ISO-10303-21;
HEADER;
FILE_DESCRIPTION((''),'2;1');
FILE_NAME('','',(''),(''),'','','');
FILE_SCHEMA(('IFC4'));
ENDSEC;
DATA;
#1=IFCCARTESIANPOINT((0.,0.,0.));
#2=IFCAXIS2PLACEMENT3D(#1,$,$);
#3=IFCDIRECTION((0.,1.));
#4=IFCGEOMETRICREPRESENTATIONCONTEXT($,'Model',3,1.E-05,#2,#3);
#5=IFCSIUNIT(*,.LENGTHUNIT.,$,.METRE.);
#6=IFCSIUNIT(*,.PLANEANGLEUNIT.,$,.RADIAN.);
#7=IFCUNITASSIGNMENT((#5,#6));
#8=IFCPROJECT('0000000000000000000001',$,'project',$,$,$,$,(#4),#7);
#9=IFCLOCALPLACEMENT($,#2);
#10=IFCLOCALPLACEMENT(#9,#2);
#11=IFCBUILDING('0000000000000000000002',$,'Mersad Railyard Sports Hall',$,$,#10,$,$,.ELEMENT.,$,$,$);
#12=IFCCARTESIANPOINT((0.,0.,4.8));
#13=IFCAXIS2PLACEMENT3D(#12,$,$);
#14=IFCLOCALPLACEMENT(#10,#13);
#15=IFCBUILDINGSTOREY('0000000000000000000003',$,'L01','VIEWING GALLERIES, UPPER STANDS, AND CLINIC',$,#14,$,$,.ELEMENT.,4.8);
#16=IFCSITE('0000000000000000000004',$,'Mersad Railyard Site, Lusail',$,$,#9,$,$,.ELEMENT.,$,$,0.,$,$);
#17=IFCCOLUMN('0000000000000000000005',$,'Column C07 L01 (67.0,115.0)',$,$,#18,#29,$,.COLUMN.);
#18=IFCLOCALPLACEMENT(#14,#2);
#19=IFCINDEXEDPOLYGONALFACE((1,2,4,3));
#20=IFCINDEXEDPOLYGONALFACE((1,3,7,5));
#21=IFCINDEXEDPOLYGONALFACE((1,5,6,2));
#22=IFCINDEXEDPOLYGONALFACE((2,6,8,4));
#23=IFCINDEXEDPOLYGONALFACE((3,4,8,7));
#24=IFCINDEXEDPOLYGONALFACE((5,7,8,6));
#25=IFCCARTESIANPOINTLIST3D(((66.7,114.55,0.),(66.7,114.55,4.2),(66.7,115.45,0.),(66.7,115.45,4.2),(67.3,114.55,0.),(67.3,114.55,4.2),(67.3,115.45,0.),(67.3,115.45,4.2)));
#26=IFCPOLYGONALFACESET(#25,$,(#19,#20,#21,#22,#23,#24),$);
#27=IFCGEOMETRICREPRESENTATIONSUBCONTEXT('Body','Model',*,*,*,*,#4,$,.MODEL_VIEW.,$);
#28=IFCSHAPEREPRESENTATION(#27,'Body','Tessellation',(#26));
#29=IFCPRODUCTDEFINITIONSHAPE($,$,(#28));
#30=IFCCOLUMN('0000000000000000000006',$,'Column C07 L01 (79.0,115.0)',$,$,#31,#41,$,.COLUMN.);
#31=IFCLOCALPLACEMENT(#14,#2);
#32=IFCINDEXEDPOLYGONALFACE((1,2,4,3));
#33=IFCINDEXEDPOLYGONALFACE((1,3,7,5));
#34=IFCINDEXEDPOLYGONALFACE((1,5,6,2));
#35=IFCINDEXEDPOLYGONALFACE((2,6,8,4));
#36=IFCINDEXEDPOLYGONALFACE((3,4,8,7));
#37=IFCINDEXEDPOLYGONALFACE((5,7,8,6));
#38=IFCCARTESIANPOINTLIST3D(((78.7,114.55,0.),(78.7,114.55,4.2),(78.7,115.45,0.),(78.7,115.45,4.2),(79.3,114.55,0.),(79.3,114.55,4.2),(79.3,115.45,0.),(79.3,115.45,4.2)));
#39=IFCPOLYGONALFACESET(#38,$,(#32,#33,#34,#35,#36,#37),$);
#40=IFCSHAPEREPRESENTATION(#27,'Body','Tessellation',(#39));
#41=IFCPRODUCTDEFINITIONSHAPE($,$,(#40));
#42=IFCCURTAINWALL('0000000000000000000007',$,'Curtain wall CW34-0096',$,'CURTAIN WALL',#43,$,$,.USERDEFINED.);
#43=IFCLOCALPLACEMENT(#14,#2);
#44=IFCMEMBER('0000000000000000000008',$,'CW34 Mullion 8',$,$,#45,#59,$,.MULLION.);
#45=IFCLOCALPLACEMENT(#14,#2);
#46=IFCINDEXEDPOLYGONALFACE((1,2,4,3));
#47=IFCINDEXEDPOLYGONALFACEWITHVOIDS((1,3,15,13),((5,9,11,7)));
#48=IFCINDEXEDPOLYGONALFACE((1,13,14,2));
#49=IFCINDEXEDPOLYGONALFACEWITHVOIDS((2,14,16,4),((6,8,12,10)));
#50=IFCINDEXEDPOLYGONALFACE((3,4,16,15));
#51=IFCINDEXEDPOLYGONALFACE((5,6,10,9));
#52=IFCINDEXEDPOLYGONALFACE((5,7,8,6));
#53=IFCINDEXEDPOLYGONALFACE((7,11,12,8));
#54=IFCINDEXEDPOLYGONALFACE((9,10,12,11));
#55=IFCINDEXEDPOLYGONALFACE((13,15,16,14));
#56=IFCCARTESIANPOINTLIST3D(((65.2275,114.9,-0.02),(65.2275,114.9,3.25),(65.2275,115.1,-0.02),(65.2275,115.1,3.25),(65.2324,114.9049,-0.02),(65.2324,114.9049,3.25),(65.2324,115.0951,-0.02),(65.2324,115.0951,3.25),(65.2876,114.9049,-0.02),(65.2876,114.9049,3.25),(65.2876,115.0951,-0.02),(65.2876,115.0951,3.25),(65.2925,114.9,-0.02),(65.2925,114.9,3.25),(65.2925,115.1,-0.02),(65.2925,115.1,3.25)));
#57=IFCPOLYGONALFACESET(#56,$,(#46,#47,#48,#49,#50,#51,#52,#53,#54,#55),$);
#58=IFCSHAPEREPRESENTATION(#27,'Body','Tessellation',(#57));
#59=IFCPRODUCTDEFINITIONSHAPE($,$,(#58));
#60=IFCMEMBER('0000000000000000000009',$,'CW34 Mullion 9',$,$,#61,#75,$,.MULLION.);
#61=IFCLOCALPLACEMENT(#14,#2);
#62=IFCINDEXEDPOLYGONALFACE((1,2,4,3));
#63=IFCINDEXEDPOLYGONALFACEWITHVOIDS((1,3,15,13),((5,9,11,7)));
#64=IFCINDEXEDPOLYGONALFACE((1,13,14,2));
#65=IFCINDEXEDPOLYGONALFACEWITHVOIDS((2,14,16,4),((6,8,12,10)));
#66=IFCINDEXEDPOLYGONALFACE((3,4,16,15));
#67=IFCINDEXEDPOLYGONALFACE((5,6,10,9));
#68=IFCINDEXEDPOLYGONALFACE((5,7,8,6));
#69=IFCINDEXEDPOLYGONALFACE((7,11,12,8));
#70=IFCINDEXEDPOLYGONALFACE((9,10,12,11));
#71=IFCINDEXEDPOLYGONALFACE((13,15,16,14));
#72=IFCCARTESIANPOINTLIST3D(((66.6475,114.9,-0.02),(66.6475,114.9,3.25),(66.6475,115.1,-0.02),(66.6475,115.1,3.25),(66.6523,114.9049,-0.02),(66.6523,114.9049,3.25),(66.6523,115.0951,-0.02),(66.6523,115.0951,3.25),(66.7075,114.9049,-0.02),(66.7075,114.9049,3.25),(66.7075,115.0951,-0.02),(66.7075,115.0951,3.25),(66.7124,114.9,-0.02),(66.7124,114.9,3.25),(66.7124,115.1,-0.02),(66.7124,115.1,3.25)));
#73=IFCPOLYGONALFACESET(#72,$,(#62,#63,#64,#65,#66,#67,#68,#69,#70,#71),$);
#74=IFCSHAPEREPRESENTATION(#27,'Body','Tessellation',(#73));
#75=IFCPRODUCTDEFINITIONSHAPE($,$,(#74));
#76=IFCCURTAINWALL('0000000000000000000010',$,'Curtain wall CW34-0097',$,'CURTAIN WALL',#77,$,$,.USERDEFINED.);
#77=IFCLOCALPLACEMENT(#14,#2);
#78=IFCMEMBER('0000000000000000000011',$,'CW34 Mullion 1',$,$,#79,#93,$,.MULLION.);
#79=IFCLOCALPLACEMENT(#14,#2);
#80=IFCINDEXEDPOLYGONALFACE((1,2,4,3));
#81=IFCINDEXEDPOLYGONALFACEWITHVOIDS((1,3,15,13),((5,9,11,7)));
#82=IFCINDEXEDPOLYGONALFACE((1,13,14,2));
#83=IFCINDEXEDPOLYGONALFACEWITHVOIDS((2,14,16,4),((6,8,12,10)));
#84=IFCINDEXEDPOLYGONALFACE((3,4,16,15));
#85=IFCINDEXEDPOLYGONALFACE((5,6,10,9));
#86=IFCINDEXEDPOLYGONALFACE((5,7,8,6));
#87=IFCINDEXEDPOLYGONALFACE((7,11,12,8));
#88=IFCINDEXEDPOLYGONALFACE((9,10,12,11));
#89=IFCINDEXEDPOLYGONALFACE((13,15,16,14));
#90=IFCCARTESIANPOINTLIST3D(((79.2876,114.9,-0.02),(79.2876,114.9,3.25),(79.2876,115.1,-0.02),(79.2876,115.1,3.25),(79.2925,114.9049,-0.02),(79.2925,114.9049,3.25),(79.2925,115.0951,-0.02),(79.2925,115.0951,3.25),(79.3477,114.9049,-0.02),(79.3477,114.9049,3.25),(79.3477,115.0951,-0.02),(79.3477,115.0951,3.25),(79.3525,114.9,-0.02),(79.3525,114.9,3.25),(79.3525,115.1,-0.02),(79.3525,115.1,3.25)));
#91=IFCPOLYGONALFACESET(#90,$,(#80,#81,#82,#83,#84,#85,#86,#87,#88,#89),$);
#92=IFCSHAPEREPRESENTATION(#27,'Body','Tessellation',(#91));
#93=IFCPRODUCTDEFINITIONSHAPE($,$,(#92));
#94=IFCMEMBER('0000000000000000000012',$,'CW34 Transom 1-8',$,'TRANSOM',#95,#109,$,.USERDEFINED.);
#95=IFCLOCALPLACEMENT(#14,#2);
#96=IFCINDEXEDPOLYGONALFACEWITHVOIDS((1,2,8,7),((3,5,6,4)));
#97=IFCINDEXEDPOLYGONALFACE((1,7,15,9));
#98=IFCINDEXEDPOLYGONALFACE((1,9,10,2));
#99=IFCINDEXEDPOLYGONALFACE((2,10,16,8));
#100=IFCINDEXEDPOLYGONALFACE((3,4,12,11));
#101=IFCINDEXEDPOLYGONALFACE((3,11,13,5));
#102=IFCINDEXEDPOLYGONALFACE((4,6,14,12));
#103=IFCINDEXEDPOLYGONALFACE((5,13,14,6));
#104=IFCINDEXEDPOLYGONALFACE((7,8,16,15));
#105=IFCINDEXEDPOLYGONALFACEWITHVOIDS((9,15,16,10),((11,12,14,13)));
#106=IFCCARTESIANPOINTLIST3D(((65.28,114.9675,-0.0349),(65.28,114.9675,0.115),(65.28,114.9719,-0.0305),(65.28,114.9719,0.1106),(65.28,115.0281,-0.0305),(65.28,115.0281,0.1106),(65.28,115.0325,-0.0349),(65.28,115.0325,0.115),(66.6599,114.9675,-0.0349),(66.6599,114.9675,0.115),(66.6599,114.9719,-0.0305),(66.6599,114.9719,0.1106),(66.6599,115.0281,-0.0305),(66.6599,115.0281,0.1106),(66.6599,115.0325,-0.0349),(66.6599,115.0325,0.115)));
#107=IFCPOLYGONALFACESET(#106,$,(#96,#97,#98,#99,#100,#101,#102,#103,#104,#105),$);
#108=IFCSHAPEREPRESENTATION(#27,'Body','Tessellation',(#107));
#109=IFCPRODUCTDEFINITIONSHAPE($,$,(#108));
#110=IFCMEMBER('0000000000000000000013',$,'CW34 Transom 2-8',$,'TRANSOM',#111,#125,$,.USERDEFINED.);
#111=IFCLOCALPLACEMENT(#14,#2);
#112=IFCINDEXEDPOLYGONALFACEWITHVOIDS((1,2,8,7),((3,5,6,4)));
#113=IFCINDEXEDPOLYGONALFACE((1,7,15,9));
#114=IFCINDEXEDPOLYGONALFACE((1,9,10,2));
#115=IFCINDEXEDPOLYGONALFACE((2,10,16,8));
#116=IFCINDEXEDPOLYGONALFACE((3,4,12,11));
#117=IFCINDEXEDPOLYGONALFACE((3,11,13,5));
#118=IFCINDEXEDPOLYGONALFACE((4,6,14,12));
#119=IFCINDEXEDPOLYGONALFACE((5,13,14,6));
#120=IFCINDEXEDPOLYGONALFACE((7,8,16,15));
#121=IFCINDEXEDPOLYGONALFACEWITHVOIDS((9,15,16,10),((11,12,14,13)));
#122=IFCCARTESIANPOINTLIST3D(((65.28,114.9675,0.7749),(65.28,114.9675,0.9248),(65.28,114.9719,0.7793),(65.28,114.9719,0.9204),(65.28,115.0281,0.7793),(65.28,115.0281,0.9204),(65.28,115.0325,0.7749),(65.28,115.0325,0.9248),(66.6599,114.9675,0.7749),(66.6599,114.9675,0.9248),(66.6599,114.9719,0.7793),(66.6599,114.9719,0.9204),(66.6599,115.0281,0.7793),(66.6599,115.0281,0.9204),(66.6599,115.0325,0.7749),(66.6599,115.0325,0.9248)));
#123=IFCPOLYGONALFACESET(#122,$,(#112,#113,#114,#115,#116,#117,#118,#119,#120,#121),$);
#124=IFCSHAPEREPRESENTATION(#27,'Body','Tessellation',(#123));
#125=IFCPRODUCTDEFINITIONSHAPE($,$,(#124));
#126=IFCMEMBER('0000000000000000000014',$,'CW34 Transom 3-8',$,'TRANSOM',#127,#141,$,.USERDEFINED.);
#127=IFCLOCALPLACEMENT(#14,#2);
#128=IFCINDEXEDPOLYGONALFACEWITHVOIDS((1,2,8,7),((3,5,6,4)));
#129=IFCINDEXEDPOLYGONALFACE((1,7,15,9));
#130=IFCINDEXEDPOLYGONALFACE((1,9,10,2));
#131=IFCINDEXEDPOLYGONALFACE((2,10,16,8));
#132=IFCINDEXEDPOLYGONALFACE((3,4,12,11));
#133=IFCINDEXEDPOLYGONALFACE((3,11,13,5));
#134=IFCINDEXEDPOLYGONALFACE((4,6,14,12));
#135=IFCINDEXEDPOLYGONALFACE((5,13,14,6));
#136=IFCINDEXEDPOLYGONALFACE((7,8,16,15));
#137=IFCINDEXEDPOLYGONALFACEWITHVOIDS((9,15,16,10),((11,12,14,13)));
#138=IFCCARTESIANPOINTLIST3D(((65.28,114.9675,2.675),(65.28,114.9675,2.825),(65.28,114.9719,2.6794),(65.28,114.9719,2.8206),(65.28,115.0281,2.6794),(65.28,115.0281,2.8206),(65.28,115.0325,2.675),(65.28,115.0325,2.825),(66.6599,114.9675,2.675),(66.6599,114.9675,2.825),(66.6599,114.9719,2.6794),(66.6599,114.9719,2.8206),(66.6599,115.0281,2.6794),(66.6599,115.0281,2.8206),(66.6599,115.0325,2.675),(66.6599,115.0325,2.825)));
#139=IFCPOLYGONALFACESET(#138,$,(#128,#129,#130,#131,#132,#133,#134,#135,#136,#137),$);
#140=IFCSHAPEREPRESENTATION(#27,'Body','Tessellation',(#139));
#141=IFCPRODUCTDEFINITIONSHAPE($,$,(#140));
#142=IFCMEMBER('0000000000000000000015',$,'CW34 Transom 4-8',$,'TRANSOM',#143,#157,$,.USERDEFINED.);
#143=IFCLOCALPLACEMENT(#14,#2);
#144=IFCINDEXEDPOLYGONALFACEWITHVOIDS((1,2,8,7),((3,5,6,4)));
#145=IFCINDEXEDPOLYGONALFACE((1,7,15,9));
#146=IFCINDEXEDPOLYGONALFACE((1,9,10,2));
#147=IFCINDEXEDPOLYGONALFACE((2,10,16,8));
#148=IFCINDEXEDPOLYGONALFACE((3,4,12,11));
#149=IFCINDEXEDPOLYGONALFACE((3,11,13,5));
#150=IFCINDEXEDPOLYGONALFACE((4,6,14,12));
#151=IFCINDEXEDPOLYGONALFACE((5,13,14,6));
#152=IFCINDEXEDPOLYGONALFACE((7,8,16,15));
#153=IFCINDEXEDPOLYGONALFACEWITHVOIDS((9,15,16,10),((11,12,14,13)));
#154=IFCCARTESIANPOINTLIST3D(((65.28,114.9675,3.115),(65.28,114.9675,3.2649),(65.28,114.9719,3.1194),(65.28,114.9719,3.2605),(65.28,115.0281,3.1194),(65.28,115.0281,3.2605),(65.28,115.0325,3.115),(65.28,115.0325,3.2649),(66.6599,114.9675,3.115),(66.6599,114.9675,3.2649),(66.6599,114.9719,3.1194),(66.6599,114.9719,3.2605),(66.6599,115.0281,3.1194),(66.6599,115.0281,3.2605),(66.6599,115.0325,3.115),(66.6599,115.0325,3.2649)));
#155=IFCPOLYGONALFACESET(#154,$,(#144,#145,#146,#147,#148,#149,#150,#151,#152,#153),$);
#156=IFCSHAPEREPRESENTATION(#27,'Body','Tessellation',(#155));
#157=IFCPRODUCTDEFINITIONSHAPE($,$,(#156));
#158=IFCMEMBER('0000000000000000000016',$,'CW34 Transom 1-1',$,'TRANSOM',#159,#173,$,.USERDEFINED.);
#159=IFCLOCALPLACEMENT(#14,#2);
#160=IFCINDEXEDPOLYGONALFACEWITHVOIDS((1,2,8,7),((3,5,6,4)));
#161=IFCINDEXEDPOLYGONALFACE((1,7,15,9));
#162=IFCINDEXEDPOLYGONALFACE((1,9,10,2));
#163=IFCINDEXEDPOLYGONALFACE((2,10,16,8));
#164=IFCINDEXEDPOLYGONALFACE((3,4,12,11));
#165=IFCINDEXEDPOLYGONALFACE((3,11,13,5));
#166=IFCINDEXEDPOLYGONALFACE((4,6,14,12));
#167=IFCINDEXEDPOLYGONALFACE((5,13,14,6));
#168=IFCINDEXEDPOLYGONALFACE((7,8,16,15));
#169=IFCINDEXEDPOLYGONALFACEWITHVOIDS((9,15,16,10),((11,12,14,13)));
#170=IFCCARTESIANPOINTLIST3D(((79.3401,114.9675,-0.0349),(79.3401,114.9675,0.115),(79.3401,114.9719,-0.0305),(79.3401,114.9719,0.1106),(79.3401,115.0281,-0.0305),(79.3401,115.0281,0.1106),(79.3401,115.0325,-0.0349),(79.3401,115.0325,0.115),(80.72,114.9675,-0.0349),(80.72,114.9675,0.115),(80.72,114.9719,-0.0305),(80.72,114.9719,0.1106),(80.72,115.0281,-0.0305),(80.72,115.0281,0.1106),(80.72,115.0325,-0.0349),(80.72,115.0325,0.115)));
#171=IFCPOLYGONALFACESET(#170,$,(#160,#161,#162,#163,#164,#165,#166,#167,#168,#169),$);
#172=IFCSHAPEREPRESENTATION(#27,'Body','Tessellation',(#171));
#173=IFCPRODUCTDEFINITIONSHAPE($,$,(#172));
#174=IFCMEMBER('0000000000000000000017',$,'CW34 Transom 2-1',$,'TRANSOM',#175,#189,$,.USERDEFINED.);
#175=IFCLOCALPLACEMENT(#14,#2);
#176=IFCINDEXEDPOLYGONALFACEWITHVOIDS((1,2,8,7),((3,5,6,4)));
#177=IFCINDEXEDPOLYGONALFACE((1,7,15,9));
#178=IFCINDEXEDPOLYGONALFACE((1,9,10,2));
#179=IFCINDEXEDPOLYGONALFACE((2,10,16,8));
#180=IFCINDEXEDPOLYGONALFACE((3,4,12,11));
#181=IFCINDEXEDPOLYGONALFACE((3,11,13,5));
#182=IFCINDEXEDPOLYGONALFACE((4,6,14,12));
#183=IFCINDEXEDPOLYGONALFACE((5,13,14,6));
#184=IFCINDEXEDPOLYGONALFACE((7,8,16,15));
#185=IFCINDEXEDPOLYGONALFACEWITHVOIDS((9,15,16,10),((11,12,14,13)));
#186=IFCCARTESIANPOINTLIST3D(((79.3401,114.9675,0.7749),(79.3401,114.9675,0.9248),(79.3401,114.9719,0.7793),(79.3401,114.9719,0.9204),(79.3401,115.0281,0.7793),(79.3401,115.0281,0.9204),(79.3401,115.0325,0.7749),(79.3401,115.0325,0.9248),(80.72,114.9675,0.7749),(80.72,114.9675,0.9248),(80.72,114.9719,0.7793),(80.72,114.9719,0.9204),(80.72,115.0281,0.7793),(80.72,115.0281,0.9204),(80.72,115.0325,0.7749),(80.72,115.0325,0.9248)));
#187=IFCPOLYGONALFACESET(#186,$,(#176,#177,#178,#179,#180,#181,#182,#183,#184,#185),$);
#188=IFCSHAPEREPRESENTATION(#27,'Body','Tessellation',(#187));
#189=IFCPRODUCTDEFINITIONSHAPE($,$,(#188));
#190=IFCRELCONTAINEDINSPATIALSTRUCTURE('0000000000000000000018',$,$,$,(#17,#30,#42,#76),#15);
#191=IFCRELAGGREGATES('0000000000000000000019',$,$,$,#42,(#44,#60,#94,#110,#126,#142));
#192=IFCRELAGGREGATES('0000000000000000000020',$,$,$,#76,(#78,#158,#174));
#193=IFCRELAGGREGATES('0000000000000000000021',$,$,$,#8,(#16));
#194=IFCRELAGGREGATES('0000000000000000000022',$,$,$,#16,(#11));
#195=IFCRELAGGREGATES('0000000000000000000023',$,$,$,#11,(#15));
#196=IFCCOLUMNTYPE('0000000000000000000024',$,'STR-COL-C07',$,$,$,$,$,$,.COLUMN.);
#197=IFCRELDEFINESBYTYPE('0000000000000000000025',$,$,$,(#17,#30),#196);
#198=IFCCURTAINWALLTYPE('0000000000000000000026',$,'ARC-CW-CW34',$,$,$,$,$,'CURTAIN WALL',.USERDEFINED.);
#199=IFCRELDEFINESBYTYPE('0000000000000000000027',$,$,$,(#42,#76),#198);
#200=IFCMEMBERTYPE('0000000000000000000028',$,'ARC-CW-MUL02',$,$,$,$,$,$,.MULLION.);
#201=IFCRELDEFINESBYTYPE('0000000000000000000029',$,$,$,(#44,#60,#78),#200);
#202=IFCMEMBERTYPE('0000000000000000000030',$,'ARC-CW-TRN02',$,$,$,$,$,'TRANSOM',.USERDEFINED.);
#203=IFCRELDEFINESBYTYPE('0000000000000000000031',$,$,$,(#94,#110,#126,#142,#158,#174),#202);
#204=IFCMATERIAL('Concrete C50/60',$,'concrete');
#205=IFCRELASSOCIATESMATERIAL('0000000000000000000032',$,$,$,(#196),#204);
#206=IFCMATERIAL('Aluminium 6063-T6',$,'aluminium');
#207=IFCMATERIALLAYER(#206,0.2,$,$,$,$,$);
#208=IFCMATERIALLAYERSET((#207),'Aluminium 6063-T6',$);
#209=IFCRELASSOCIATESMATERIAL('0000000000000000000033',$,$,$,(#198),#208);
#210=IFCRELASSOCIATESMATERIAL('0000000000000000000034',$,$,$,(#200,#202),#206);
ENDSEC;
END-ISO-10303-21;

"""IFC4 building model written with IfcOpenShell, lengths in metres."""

from ifc_helpers import new_model, si_unit, direction, frame, origin, origin_2d, place, context, subcontext, project, spatial, rectangle, hollow_rectangle, extrude, material, layer, layer_set, material_profile, profile_set, type_object, element, aggregate, save


model = new_model("IFC4")

# Units and contexts
model_context = context("Model", 3, precision=1e-05, world=origin(), true_north=direction((0.0, 1.0)))
body_context = subcontext(model_context, "Body", "Model", "MODEL_VIEW")
ifc_project = project(units=[si_unit("LENGTHUNIT", "METRE"), si_unit("PLANEANGLEUNIT", "RADIAN")], contexts=[model_context])

# Site, building, storey
site_placement = place(None, origin())
site = spatial("IfcSite", under=ifc_project, at=site_placement, Name="Mersad Railyard Site, Lusail", CompositionType="ELEMENT", RefElevation=0.0)
building_placement = place(site_placement, origin())
building = spatial("IfcBuilding", under=site, at=building_placement, Name="Mersad Railyard Sports Hall", CompositionType="ELEMENT")
storey_placement = place(building_placement, frame((0.0, 0.0, 4.8)))
storey = spatial("IfcBuildingStorey", under=building, at=storey_placement, Name="L01", Description="VIEWING GALLERIES, UPPER STANDS, AND CLINIC", CompositionType="ELEMENT", Elevation=4.8)

# Columns
ifc_material_1 = material(Name="Concrete C50/60", Category="concrete")
ifc_material_profile_1 = material_profile(ifc_material_1, rectangle(XDim=0.6001, YDim=0.8999, at=origin_2d()), Name="RC 600x900")
ifc_profile_set_1 = profile_set([ifc_material_profile_1], Name="Concrete C50/60")
column_type = type_object("IfcColumnType", Name="STR-COL-C07", PredefinedType="COLUMN", material=ifc_profile_set_1)
for number, where, z_axis, x_axis, name in (
    (1, (67.0, 115.0, 0.0), (0.0, 0.0, 1.0), (1.0, 0.0, 0.0), "Column C07 L01 (67.0,115.0)"),
    (2, (79.0, 115.0, 0.0), (0.0, 0.0, 1.0), (1.0, 0.0, 0.0), "Column C07 L01 (79.0,115.0)"),
):
    element("IfcColumn", number, at=place(storey_placement, frame(where, z_axis=z_axis, x_axis=x_axis)), inside=storey, type_object=column_type, Name=name, PredefinedType="COLUMN", context=body_context, shape_type="SweptSolid", body=[
        extrude(rectangle(XDim=0.6001, YDim=0.8999, at=origin_2d()), origin(), (0.0, 0.0, 1.0), 4.2),
    ])

# Curtain wall, members
ifc_material_2 = material(Name="Aluminium 6063-T6", Category="aluminium")
ifc_layer_1 = layer(ifc_material_2, 0.2)
ifc_layer_set_1 = layer_set([ifc_layer_1], Name="Aluminium 6063-T6")
curtain_wall_type = type_object("IfcCurtainWallType", Name="ARC-CW-CW34", ElementType="CURTAIN WALL", PredefinedType="USERDEFINED", material=ifc_layer_set_1)
curtain_wall_1_placement = place(storey_placement, origin())
curtain_wall_1 = element("IfcCurtainWall", 3, at=curtain_wall_1_placement, inside=storey, type_object=curtain_wall_type, Name="Curtain wall CW34-0096", ObjectType="CURTAIN WALL", PredefinedType="USERDEFINED")
ifc_material_profile_2 = material_profile(ifc_material_2, hollow_rectangle(XDim=0.0649, YDim=0.2, WallThickness=0.0049, at=origin_2d()), Name="AL MULLION 65x200x5")
ifc_profile_set_2 = profile_set([ifc_material_profile_2], Name="Aluminium 6063-T6")
member_type_1 = type_object("IfcMemberType", Name="ARC-CW-MUL02", PredefinedType="MULLION", material=ifc_profile_set_2)
member_1_placement = place(storey_placement, frame((65.26, 115.0, -0.02), z_axis=(0.0, 0.0, 1.0), x_axis=(1.0, 0.0, 0.0)))
member_1 = element("IfcMember", 4, at=member_1_placement, type_object=member_type_1, Name="CW34 Mullion 8", PredefinedType="MULLION", context=body_context, shape_type="SweptSolid", body=[
    extrude(hollow_rectangle(XDim=0.0649, YDim=0.2, WallThickness=0.0049, at=origin_2d()), origin(), (0.0, 0.0, 1.0), 3.27),
])
member_2_placement = place(storey_placement, frame((66.6799, 115.0, -0.02), z_axis=(0.0, 0.0, 1.0), x_axis=(1.0, 0.0, 0.0)))
member_2 = element("IfcMember", 5, at=member_2_placement, type_object=member_type_1, Name="CW34 Mullion 9", PredefinedType="MULLION", context=body_context, shape_type="SweptSolid", body=[
    extrude(hollow_rectangle(XDim=0.0649, YDim=0.2, WallThickness=0.0049, at=origin_2d()), origin(), (0.0, 0.0, 1.0), 3.27),
])

# Curtain wall, member
curtain_wall_2_placement = place(storey_placement, origin())
curtain_wall_2 = element("IfcCurtainWall", 6, at=curtain_wall_2_placement, inside=storey, type_object=curtain_wall_type, Name="Curtain wall CW34-0097", ObjectType="CURTAIN WALL", PredefinedType="USERDEFINED")
member_3_placement = place(storey_placement, frame((79.3201, 115.0, -0.02), z_axis=(0.0, 0.0, 1.0), x_axis=(1.0, 0.0, 0.0)))
member_3 = element("IfcMember", 7, at=member_3_placement, type_object=member_type_1, Name="CW34 Mullion 1", PredefinedType="MULLION", context=body_context, shape_type="SweptSolid", body=[
    extrude(hollow_rectangle(XDim=0.0649, YDim=0.2, WallThickness=0.0049, at=origin_2d()), origin(), (0.0, 0.0, 1.0), 3.27),
])

# Members
ifc_material_profile_3 = material_profile(ifc_material_2, hollow_rectangle(XDim=0.0649, YDim=0.1499, WallThickness=0.0044, at=origin_2d()), Name="AL TRANSOM 65x150x4.5")
ifc_profile_set_3 = profile_set([ifc_material_profile_3], Name="Aluminium 6063-T6")
member_type_2 = type_object("IfcMemberType", Name="ARC-CW-TRN02", ElementType="TRANSOM", PredefinedType="USERDEFINED", material=ifc_profile_set_3)
member_4_placement = place(storey_placement, frame((65.28, 115.0, 0.04), z_axis=(1.0, 0.0, 0.0), x_axis=(0.0, 1.0, 0.0)))
member_4 = element("IfcMember", 8, at=member_4_placement, type_object=member_type_2, Name="CW34 Transom 1-8", ObjectType="TRANSOM", PredefinedType="USERDEFINED", context=body_context, shape_type="SweptSolid", body=[
    extrude(hollow_rectangle(XDim=0.0649, YDim=0.1499, WallThickness=0.0044, at=origin_2d()), origin(), (0.0, 0.0, 1.0), 1.3799),
])
member_5_placement = place(storey_placement, frame((65.28, 115.0, 0.8499), z_axis=(1.0, 0.0, 0.0), x_axis=(0.0, 1.0, 0.0)))
member_5 = element("IfcMember", 9, at=member_5_placement, type_object=member_type_2, Name="CW34 Transom 2-8", ObjectType="TRANSOM", PredefinedType="USERDEFINED", context=body_context, shape_type="SweptSolid", body=[
    extrude(hollow_rectangle(XDim=0.0649, YDim=0.1499, WallThickness=0.0044, at=origin_2d()), origin(), (0.0, 0.0, 1.0), 1.3799),
])
member_6_placement = place(storey_placement, frame((65.28, 115.0, 2.75), z_axis=(1.0, 0.0, 0.0), x_axis=(0.0, 1.0, 0.0)))
member_6 = element("IfcMember", 10, at=member_6_placement, type_object=member_type_2, Name="CW34 Transom 3-8", ObjectType="TRANSOM", PredefinedType="USERDEFINED", context=body_context, shape_type="SweptSolid", body=[
    extrude(hollow_rectangle(XDim=0.0649, YDim=0.1499, WallThickness=0.0044, at=origin_2d()), origin(), (0.0, 0.0, 1.0), 1.3799),
])
member_7_placement = place(storey_placement, frame((65.28, 115.0, 3.1899), z_axis=(1.0, 0.0, 0.0), x_axis=(0.0, 1.0, 0.0)))
member_7 = element("IfcMember", 11, at=member_7_placement, type_object=member_type_2, Name="CW34 Transom 4-8", ObjectType="TRANSOM", PredefinedType="USERDEFINED", context=body_context, shape_type="SweptSolid", body=[
    extrude(hollow_rectangle(XDim=0.0649, YDim=0.1499, WallThickness=0.0044, at=origin_2d()), origin(), (0.0, 0.0, 1.0), 1.3799),
])
member_8_placement = place(storey_placement, frame((79.3401, 115.0, 0.04), z_axis=(1.0, 0.0, 0.0), x_axis=(0.0, 1.0, 0.0)))
member_8 = element("IfcMember", 12, at=member_8_placement, type_object=member_type_2, Name="CW34 Transom 1-1", ObjectType="TRANSOM", PredefinedType="USERDEFINED", context=body_context, shape_type="SweptSolid", body=[
    extrude(hollow_rectangle(XDim=0.0649, YDim=0.1499, WallThickness=0.0044, at=origin_2d()), origin(), (0.0, 0.0, 1.0), 1.3799),
])
member_9_placement = place(storey_placement, frame((79.3401, 115.0, 0.8499), z_axis=(1.0, 0.0, 0.0), x_axis=(0.0, 1.0, 0.0)))
member_9 = element("IfcMember", 13, at=member_9_placement, type_object=member_type_2, Name="CW34 Transom 2-1", ObjectType="TRANSOM", PredefinedType="USERDEFINED", context=body_context, shape_type="SweptSolid", body=[
    extrude(hollow_rectangle(XDim=0.0649, YDim=0.1499, WallThickness=0.0044, at=origin_2d()), origin(), (0.0, 0.0, 1.0), 1.3799),
])

aggregate(curtain_wall_1, [member_1, member_2, member_4, member_5, member_6, member_7])
aggregate(curtain_wall_2, [member_3, member_8, member_9])

save(model, "model.ifc")
